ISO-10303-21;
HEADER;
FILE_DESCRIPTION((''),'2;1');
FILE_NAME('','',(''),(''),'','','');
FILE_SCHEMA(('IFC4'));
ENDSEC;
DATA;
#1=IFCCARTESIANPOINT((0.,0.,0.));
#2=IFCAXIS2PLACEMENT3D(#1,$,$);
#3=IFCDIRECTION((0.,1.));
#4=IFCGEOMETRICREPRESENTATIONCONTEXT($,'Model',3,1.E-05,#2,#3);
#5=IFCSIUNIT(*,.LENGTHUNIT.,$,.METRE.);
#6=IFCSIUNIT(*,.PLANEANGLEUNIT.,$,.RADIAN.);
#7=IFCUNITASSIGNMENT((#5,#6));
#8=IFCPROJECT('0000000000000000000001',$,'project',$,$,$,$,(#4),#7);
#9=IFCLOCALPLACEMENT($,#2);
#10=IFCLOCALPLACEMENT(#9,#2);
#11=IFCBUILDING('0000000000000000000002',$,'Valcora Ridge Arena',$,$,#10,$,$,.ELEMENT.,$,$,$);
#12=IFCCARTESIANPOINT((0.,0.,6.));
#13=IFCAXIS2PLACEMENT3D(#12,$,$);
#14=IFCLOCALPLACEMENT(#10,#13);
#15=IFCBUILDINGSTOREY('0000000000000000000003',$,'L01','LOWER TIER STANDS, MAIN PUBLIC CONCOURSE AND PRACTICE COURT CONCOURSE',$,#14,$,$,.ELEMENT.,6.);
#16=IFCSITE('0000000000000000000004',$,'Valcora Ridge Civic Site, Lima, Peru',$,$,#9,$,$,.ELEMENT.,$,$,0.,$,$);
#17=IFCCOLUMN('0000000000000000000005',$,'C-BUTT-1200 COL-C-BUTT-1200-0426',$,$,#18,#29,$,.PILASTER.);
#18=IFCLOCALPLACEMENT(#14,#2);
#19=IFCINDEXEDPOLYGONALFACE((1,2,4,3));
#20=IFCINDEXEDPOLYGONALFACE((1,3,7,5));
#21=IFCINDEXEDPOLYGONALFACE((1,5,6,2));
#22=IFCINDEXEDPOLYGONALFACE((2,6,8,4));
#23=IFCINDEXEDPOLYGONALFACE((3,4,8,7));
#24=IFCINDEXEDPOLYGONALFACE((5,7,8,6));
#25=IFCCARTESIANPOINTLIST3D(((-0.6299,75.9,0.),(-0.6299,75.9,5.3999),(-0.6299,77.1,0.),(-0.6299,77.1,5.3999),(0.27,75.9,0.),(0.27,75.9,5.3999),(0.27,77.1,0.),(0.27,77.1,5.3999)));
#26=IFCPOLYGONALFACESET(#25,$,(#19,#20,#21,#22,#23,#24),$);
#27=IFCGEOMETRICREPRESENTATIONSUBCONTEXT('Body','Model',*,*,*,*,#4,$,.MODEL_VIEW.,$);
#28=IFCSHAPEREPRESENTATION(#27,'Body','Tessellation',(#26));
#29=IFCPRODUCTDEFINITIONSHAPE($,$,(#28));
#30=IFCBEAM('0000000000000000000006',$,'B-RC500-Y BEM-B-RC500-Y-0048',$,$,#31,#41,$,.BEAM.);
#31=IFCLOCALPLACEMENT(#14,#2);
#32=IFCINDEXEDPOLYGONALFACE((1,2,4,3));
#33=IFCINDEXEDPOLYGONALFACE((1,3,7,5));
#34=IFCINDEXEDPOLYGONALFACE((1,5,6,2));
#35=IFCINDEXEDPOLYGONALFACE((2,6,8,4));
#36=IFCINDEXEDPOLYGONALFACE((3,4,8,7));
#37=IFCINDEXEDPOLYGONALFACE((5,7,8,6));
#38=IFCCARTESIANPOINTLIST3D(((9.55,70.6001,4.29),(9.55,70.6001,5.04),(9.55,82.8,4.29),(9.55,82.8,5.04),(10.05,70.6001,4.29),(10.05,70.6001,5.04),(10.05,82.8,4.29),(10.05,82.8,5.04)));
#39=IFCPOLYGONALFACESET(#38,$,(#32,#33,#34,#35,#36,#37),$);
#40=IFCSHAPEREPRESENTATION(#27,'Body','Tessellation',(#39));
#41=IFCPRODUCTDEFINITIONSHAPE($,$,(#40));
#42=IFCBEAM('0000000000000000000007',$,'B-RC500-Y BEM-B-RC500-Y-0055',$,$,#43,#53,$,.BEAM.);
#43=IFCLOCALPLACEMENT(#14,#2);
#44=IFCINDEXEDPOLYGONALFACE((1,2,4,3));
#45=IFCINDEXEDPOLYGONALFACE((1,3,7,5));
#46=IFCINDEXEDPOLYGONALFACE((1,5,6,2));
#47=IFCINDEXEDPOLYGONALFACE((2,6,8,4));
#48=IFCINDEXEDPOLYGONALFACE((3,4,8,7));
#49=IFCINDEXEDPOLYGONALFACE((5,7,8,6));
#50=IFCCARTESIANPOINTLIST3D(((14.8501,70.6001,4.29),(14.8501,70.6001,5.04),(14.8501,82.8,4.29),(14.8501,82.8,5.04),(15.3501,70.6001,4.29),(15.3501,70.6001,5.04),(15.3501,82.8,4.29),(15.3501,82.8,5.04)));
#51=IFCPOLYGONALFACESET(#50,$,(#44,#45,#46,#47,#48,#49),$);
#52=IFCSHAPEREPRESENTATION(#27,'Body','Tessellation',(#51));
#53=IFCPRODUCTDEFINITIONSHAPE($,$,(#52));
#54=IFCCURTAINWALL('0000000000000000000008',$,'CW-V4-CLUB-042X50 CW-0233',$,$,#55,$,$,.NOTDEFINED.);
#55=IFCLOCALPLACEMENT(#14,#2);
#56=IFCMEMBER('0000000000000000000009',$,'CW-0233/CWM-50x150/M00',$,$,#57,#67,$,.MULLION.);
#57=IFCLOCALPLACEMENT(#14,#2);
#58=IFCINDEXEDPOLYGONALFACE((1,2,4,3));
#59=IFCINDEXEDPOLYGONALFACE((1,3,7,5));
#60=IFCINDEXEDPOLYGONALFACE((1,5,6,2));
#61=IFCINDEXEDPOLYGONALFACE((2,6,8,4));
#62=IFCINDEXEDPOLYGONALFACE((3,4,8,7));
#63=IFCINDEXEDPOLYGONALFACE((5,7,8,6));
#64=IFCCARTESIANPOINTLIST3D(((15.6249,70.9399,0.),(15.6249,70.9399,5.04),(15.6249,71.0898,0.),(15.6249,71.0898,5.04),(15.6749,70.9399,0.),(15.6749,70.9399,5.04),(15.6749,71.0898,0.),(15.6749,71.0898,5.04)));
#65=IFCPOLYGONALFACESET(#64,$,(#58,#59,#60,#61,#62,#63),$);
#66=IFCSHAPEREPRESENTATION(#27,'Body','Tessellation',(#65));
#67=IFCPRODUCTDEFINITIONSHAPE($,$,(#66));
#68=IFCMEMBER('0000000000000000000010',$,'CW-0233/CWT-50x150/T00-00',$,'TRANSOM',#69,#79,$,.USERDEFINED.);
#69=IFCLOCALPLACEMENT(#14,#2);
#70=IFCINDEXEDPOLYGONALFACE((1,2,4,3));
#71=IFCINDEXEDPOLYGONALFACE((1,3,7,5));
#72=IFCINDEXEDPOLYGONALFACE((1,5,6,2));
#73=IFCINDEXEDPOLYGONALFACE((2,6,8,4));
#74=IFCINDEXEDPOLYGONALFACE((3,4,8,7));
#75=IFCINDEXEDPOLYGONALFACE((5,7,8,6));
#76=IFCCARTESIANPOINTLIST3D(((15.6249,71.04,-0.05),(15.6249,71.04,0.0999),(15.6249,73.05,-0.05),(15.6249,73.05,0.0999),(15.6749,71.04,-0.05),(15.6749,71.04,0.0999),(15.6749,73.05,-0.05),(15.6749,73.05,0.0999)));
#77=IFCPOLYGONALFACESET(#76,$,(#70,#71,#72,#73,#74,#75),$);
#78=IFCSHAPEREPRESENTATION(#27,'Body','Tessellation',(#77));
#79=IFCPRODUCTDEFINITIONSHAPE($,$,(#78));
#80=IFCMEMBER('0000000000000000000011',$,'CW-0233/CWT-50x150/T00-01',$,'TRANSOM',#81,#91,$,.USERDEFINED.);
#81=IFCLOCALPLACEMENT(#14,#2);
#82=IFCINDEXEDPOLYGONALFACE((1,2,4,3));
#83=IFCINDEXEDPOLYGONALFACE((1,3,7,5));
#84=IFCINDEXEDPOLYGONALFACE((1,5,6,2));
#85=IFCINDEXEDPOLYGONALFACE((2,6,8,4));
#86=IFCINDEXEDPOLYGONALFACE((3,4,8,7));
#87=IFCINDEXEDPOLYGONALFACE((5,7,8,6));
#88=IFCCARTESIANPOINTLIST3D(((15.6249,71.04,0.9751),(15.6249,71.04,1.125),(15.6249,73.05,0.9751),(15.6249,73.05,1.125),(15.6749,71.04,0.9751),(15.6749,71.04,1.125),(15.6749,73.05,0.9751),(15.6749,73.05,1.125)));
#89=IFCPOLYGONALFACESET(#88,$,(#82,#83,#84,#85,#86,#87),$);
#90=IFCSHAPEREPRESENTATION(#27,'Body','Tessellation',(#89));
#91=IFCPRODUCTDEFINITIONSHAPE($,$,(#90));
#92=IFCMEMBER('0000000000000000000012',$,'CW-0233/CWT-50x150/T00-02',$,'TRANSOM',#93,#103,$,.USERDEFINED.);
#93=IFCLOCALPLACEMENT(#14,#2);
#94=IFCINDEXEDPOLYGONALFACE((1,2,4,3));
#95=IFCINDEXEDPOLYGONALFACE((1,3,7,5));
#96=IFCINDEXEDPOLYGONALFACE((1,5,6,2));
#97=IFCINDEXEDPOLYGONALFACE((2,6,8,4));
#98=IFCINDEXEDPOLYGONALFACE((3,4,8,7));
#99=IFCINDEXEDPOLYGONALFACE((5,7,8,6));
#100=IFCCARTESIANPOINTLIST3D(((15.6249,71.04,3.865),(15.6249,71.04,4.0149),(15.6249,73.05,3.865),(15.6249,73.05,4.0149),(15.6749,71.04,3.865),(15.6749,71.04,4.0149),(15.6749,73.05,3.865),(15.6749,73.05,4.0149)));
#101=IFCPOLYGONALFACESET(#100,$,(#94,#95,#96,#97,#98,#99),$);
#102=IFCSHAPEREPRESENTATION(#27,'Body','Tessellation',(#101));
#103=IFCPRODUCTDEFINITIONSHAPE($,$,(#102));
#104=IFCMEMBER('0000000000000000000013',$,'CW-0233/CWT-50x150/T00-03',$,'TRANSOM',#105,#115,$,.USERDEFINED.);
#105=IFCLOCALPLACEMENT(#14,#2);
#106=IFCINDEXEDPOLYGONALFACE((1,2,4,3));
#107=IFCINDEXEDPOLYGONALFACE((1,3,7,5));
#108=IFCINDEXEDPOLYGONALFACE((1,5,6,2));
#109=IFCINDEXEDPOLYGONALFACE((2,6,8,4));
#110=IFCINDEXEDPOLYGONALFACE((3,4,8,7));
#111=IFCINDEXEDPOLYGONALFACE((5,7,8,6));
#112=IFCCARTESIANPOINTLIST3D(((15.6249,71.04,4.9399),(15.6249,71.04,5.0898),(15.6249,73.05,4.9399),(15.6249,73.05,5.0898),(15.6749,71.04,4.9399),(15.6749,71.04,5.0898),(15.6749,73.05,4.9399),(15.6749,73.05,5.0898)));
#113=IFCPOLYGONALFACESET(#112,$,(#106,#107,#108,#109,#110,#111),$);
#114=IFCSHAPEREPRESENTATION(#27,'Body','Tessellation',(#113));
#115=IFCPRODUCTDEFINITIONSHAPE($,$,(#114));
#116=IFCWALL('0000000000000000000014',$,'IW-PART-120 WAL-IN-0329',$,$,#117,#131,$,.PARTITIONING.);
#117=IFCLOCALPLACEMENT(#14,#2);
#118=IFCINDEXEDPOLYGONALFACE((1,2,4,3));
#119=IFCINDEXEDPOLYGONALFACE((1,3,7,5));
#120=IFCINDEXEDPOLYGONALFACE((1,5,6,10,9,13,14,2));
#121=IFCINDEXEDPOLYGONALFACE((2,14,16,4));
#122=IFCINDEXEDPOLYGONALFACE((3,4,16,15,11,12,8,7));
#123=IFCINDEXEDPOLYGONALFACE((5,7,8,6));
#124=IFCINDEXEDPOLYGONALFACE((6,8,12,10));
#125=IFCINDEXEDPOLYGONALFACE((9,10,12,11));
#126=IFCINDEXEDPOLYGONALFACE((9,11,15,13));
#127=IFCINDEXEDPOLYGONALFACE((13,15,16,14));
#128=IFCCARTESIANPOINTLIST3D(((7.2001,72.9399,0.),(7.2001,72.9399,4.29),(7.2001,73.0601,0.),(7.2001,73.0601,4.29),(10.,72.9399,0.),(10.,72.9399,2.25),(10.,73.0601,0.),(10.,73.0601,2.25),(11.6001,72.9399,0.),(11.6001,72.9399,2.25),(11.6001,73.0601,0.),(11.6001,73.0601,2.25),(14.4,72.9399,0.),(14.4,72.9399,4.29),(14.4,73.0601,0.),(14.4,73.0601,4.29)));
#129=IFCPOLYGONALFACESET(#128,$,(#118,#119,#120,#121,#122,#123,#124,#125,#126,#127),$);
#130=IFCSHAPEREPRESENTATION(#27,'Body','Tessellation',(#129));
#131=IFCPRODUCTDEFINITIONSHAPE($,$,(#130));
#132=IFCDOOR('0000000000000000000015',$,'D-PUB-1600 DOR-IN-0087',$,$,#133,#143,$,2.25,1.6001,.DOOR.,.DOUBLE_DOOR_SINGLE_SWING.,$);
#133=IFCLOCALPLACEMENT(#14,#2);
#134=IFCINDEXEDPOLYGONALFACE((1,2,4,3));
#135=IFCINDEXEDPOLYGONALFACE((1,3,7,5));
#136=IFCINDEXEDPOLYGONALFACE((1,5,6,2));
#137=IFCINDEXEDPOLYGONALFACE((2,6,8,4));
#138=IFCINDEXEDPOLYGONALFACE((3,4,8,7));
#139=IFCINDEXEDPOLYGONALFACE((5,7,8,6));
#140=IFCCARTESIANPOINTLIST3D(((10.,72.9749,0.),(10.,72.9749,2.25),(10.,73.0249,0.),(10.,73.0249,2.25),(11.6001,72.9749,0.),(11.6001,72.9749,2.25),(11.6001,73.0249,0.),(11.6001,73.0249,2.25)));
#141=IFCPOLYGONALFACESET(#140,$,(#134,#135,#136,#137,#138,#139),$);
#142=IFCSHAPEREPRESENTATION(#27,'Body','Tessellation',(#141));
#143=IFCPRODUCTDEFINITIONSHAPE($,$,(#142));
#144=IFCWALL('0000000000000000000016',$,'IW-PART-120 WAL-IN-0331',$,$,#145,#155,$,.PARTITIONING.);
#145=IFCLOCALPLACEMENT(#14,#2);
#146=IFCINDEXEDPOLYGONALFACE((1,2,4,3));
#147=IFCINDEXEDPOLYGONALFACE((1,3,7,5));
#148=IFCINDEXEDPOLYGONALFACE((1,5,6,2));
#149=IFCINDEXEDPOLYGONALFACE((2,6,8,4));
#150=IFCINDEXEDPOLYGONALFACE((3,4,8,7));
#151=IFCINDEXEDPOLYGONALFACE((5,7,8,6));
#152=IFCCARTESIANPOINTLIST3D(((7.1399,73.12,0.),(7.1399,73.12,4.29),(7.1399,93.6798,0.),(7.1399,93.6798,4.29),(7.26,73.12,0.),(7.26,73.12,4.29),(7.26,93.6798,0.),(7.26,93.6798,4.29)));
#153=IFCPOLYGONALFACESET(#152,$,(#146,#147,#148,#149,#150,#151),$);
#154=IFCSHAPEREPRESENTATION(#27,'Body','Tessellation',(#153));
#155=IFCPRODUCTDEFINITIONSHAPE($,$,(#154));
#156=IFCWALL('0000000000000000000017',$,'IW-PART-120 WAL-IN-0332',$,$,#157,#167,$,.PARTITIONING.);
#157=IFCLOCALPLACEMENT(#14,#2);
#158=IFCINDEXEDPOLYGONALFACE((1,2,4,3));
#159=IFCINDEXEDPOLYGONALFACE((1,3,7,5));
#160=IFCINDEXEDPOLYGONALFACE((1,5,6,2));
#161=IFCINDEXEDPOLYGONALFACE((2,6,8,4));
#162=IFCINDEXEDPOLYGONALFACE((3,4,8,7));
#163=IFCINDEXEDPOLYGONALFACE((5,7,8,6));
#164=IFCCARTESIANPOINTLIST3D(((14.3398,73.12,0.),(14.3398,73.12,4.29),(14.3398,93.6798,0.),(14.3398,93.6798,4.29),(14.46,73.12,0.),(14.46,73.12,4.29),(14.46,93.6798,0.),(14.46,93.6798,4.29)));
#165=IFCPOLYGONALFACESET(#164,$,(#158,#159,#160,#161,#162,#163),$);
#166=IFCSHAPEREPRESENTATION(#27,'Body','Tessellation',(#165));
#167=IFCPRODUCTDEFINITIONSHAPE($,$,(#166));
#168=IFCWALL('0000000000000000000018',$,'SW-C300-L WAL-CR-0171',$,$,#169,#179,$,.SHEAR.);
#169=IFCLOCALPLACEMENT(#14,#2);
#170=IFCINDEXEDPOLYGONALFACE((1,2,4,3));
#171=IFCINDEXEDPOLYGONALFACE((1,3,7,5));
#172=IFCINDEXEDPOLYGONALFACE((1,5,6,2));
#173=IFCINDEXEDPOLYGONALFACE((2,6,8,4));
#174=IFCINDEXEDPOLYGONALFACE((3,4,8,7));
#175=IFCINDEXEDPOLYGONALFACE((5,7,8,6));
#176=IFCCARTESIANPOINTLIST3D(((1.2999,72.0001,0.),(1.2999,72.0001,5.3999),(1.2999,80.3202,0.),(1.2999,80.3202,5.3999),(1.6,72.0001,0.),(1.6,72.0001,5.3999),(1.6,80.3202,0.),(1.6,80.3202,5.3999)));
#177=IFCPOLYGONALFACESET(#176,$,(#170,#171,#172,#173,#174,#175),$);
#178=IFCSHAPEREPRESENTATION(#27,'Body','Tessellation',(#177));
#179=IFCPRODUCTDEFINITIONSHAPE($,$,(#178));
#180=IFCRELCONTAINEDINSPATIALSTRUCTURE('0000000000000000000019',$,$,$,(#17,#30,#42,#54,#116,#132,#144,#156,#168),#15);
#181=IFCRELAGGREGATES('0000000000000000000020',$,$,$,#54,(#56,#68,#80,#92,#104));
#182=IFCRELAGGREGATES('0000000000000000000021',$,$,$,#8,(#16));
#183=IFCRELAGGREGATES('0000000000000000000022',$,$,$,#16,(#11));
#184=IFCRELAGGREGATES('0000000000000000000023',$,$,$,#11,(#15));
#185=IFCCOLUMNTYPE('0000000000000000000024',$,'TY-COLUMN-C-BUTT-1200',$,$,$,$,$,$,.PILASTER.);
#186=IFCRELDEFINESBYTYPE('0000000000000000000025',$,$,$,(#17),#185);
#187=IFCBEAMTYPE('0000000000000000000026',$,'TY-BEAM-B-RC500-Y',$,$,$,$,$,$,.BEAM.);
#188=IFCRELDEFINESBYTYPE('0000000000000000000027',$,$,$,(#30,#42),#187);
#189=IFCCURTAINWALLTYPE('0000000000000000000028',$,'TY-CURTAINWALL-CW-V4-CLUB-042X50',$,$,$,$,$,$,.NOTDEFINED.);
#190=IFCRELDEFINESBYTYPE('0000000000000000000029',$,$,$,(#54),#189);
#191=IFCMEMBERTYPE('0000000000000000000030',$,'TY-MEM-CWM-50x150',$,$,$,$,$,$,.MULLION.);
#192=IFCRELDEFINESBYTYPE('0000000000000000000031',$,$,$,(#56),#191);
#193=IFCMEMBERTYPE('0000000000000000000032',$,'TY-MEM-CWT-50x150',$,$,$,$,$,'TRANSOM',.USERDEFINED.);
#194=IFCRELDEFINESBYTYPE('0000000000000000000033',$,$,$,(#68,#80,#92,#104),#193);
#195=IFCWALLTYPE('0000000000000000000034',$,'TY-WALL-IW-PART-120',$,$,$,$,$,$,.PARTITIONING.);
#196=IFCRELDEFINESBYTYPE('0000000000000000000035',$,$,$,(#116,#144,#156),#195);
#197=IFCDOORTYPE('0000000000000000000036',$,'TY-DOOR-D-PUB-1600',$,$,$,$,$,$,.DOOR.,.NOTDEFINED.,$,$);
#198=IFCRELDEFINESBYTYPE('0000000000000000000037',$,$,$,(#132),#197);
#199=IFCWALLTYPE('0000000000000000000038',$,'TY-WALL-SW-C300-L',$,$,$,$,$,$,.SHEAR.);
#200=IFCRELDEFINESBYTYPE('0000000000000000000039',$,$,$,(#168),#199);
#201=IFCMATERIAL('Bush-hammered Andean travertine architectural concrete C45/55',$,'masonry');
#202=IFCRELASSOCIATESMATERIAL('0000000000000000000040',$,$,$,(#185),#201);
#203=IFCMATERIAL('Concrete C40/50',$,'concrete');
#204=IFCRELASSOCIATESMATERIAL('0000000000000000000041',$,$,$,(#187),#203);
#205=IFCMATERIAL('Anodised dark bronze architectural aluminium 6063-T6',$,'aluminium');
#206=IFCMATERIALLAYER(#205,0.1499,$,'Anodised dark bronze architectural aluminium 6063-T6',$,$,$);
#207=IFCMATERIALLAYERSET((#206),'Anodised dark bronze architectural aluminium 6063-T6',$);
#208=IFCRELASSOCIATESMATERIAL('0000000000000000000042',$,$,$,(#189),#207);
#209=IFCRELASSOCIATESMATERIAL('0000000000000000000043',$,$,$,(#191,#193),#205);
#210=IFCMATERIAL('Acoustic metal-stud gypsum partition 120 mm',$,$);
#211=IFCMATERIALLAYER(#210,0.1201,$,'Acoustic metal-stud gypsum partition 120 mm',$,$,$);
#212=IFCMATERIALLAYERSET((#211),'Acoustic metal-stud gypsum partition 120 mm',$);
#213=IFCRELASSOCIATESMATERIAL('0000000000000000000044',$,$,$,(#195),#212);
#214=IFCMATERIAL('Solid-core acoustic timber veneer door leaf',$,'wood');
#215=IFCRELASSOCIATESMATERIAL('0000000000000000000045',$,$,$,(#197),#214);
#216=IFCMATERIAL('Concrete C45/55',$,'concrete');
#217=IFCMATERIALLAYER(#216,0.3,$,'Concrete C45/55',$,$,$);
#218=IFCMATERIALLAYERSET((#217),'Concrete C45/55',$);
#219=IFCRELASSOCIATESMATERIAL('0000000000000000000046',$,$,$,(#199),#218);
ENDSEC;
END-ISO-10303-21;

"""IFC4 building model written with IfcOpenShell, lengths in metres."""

from ifc_helpers import new_model, si_unit, direction, frame, frame_2d, origin, origin_2d, place, context, subcontext, project, spatial, rectangle, extrude, material, layer, layer_set, material_profile, profile_set, type_object, element, fill, aggregate, save


model = new_model("IFC4")

# Units and contexts
model_context = context("Model", 3, precision=1e-05, world=origin(), true_north=direction((0.0, 1.0)))
body_context = subcontext(model_context, "Body", "Model", "MODEL_VIEW")
ifc_project = project(units=[si_unit("LENGTHUNIT", "METRE"), si_unit("PLANEANGLEUNIT", "RADIAN")], contexts=[model_context])

# Site, building, storey
site_placement = place(None, origin())
site = spatial("IfcSite", under=ifc_project, at=site_placement, Name="Valcora Ridge Civic Site, Lima, Peru", CompositionType="ELEMENT", RefElevation=0.0)
building_placement = place(site_placement, origin())
building = spatial("IfcBuilding", under=site, at=building_placement, Name="Valcora Ridge Arena", CompositionType="ELEMENT")
storey_placement = place(building_placement, frame((0.0, 0.0, 6.0)))
storey = spatial("IfcBuildingStorey", under=building, at=storey_placement, Name="L01", Description="LOWER TIER STANDS, MAIN PUBLIC CONCOURSE AND PRACTICE COURT CONCOURSE", CompositionType="ELEMENT", Elevation=6.0)

# Column
ifc_material_1 = material(Name="Bush-hammered Andean travertine architectural concrete C45/55", Category="masonry")
ifc_material_profile_1 = material_profile(ifc_material_1, rectangle(XDim=0.8999, YDim=1.2, at=origin_2d()), Name="RC 900x1200")
ifc_profile_set_1 = profile_set([ifc_material_profile_1], Name="Bush-hammered Andean travertine architectural concrete C45/55")
column_type = type_object("IfcColumnType", Name="TY-COLUMN-C-BUTT-1200", PredefinedType="PILASTER", material=ifc_profile_set_1)
column_placement = place(storey_placement, frame((-0.1799, 76.5, 0.0), z_axis=(0.0, 0.0, 1.0), x_axis=(1.0, 0.0, 0.0)))
element("IfcColumn", 1, at=column_placement, inside=storey, type_object=column_type, Name="C-BUTT-1200 COL-C-BUTT-1200-0426", PredefinedType="PILASTER", context=body_context, shape_type="SweptSolid", body=[
    extrude(rectangle(XDim=0.8999, YDim=1.2, at=origin_2d()), origin(), (0.0, 0.0, 1.0), 5.3999),
])

# Beams
ifc_material_2 = material(Name="Concrete C40/50", Category="concrete")
ifc_material_profile_2 = material_profile(ifc_material_2, rectangle(XDim=0.5, YDim=0.75, at=origin_2d()), Name="RC 500x750")
ifc_profile_set_2 = profile_set([ifc_material_profile_2], Name="Concrete C40/50")
beam_type = type_object("IfcBeamType", Name="TY-BEAM-B-RC500-Y", PredefinedType="BEAM", material=ifc_profile_set_2)
for number, where, z_axis, x_axis, name in (
    (2, (9.8, 70.6001, 4.665), (0.0, 1.0, 0.0), (-1.0, 0.0, 0.0), "B-RC500-Y BEM-B-RC500-Y-0048"),
    (3, (15.1001, 70.6001, 4.665), (0.0, 1.0, 0.0), (-1.0, 0.0, 0.0), "B-RC500-Y BEM-B-RC500-Y-0055"),
):
    element("IfcBeam", number, at=place(storey_placement, frame(where, z_axis=z_axis, x_axis=x_axis)), inside=storey, type_object=beam_type, Name=name, PredefinedType="BEAM", context=body_context, shape_type="SweptSolid", body=[
        extrude(rectangle(XDim=0.5, YDim=0.75, at=origin_2d()), origin(), (0.0, 0.0, 1.0), 12.2),
    ])

# Curtain wall, members
ifc_material_3 = material(Name="Anodised dark bronze architectural aluminium 6063-T6", Category="aluminium")
ifc_layer_1 = layer(ifc_material_3, 0.1499, Name="Anodised dark bronze architectural aluminium 6063-T6")
ifc_layer_set_1 = layer_set([ifc_layer_1], Name="Anodised dark bronze architectural aluminium 6063-T6")
curtain_wall_type = type_object("IfcCurtainWallType", Name="TY-CURTAINWALL-CW-V4-CLUB-042X50", PredefinedType="NOTDEFINED", material=ifc_layer_set_1)
curtain_wall_placement = place(storey_placement, origin())
curtain_wall = element("IfcCurtainWall", 4, at=curtain_wall_placement, inside=storey, type_object=curtain_wall_type, Name="CW-V4-CLUB-042X50 CW-0233", PredefinedType="NOTDEFINED")
ifc_material_profile_3 = material_profile(ifc_material_3, rectangle(XDim=0.05, YDim=0.1499, at=origin_2d()), Name="ALU MULLION 50x150")
ifc_profile_set_3 = profile_set([ifc_material_profile_3], Name="Anodised dark bronze architectural aluminium 6063-T6")
member_type_1 = type_object("IfcMemberType", Name="TY-MEM-CWM-50x150", PredefinedType="MULLION", material=ifc_profile_set_3)
member_1_placement = place(storey_placement, frame((15.6499, 71.0149, 0.0), z_axis=(0.0, 0.0, 1.0), x_axis=(-1.0, 0.0, 0.0)))
member_1 = element("IfcMember", 5, at=member_1_placement, type_object=member_type_1, Name="CW-0233/CWM-50x150/M00", PredefinedType="MULLION", context=body_context, shape_type="SweptSolid", body=[
    extrude(rectangle(XDim=0.05, YDim=0.1499, at=origin_2d()), origin(), (0.0, 0.0, 1.0), 5.04),
])
ifc_material_profile_4 = material_profile(ifc_material_3, rectangle(XDim=0.05, YDim=0.1499, at=origin_2d()), Name="ALU TRANSOM 50x150")
ifc_profile_set_4 = profile_set([ifc_material_profile_4], Name="Anodised dark bronze architectural aluminium 6063-T6")
member_type_2 = type_object("IfcMemberType", Name="TY-MEM-CWT-50x150", ElementType="TRANSOM", PredefinedType="USERDEFINED", material=ifc_profile_set_4)
member_2_placement = place(storey_placement, frame((15.6499, 71.04, 0.0249), z_axis=(0.0, 1.0, 0.0), x_axis=(-1.0, 0.0, 0.0)))
member_2 = element("IfcMember", 6, at=member_2_placement, type_object=member_type_2, Name="CW-0233/CWT-50x150/T00-00", ObjectType="TRANSOM", PredefinedType="USERDEFINED", context=body_context, shape_type="SweptSolid", body=[
    extrude(rectangle(XDim=0.05, YDim=0.1499, at=origin_2d()), origin(), (0.0, 0.0, 1.0), 2.01),
])
member_3_placement = place(storey_placement, frame((15.6499, 71.04, 1.05), z_axis=(0.0, 1.0, 0.0), x_axis=(-1.0, 0.0, 0.0)))
member_3 = element("IfcMember", 7, at=member_3_placement, type_object=member_type_2, Name="CW-0233/CWT-50x150/T00-01", ObjectType="TRANSOM", PredefinedType="USERDEFINED", context=body_context, shape_type="SweptSolid", body=[
    extrude(rectangle(XDim=0.05, YDim=0.1499, at=origin_2d()), origin(), (0.0, 0.0, 1.0), 2.01),
])
member_4_placement = place(storey_placement, frame((15.6499, 71.04, 3.9399), z_axis=(0.0, 1.0, 0.0), x_axis=(-1.0, 0.0, 0.0)))
member_4 = element("IfcMember", 8, at=member_4_placement, type_object=member_type_2, Name="CW-0233/CWT-50x150/T00-02", ObjectType="TRANSOM", PredefinedType="USERDEFINED", context=body_context, shape_type="SweptSolid", body=[
    extrude(rectangle(XDim=0.05, YDim=0.1499, at=origin_2d()), origin(), (0.0, 0.0, 1.0), 2.01),
])
member_5_placement = place(storey_placement, frame((15.6499, 71.04, 5.0149), z_axis=(0.0, 1.0, 0.0), x_axis=(-1.0, 0.0, 0.0)))
member_5 = element("IfcMember", 9, at=member_5_placement, type_object=member_type_2, Name="CW-0233/CWT-50x150/T00-03", ObjectType="TRANSOM", PredefinedType="USERDEFINED", context=body_context, shape_type="SweptSolid", body=[
    extrude(rectangle(XDim=0.05, YDim=0.1499, at=origin_2d()), origin(), (0.0, 0.0, 1.0), 2.01),
])
aggregate(curtain_wall, [member_1, member_2, member_3, member_4, member_5])

# Wall, opening, door
ifc_material_4 = material(Name="Acoustic metal-stud gypsum partition 120 mm")
ifc_layer_2 = layer(ifc_material_4, 0.1201, Name="Acoustic metal-stud gypsum partition 120 mm")
ifc_layer_set_2 = layer_set([ifc_layer_2], Name="Acoustic metal-stud gypsum partition 120 mm")
wall_type_1 = type_object("IfcWallType", Name="TY-WALL-IW-PART-120", PredefinedType="PARTITIONING", material=ifc_layer_set_2)
wall_1_placement = place(storey_placement, frame((7.2, 73.0, 0.0), z_axis=(0.0, 0.0, 1.0), x_axis=(1.0, 0.0, 0.0)))
wall_1 = element("IfcWall", 10, at=wall_1_placement, inside=storey, type_object=wall_type_1, Name="IW-PART-120 WAL-IN-0329", PredefinedType="PARTITIONING", context=body_context, shape_type="SweptSolid", body=[
    extrude(rectangle(XDim=7.2, YDim=0.1201, at=frame_2d((3.6001, 0.0))), origin(), (0.0, 0.0, 1.0), 4.29),
])
opening_1_placement = place(wall_1_placement, frame((2.8, 0.0, 0.0)))
opening_1 = element("IfcOpeningElement", 11, at=opening_1_placement, cuts=wall_1, PredefinedType="OPENING", context=body_context, shape_type="SweptSolid", body=[
    extrude(rectangle(XDim=1.6001, YDim=2.25, at=frame_2d((0.8, 1.125))), frame((0.0, 0.0701, 0.0), z_axis=(0.0, -1.0, 0.0), x_axis=(1.0, 0.0, 0.0)), (0.0, 0.0, 1.0), 0.1401),
])
ifc_material_5 = material(Name="Solid-core acoustic timber veneer door leaf", Category="wood")
door_type_1 = type_object("IfcDoorType", Name="TY-DOOR-D-PUB-1600", OperationType="NOTDEFINED", PredefinedType="DOOR", material=ifc_material_5)
door_1_placement = place(opening_1_placement, origin())
door_1 = element("IfcDoor", 12, at=door_1_placement, inside=storey, type_object=door_type_1, Name="D-PUB-1600 DOR-IN-0087", OperationType="DOUBLE_DOOR_SINGLE_SWING", OverallHeight=2.25, OverallWidth=1.6001, PredefinedType="DOOR", context=body_context, shape_type="SweptSolid", body=[
    extrude(rectangle(XDim=1.6001, YDim=2.25, at=frame_2d((0.8, 1.125))), frame((0.0, 0.0249, 0.0), z_axis=(0.0, -1.0, 0.0), x_axis=(1.0, 0.0, 0.0)), (0.0, 0.0, 1.0), 0.05),
])
fill(opening_1, door_1)

# Walls
for number, where, z_axis, x_axis, name in (
    (13, (7.2, 73.1201, 0.0), (0.0, 0.0, 1.0), (0.0, 1.0, 0.0), "IW-PART-120 WAL-IN-0331"),
    (14, (14.3999, 73.1201, 0.0), (0.0, 0.0, 1.0), (0.0, 1.0, 0.0), "IW-PART-120 WAL-IN-0332"),
):
    element("IfcWall", number, at=place(storey_placement, frame(where, z_axis=z_axis, x_axis=x_axis)), inside=storey, type_object=wall_type_1, Name=name, PredefinedType="PARTITIONING", context=body_context, shape_type="SweptSolid", body=[
        extrude(rectangle(XDim=20.5598, YDim=0.1201, at=frame_2d((10.2798, 0.0))), origin(), (0.0, 0.0, 1.0), 4.29),
    ])
ifc_material_6 = material(Name="Concrete C45/55", Category="concrete")
ifc_layer_3 = layer(ifc_material_6, 0.3, Name="Concrete C45/55")
ifc_layer_set_3 = layer_set([ifc_layer_3], Name="Concrete C45/55")
wall_type_2 = type_object("IfcWallType", Name="TY-WALL-SW-C300-L", PredefinedType="SHEAR", material=ifc_layer_set_3)
for number, where, z_axis, x_axis, name in (
    (15, (1.45, 72.0, 0.0), (0.0, 0.0, 1.0), (0.0, 1.0, 0.0), "SW-C300-L WAL-CR-0171"),
):
    element("IfcWall", number, at=place(storey_placement, frame(where, z_axis=z_axis, x_axis=x_axis)), inside=storey, type_object=wall_type_2, Name=name, PredefinedType="SHEAR", context=body_context, shape_type="SweptSolid", body=[
        extrude(rectangle(XDim=8.3201, YDim=0.3, at=frame_2d((4.1602, 0.0))), origin(), (0.0, 0.0, 1.0), 5.3999),
    ])

save(model, "model.ifc")
